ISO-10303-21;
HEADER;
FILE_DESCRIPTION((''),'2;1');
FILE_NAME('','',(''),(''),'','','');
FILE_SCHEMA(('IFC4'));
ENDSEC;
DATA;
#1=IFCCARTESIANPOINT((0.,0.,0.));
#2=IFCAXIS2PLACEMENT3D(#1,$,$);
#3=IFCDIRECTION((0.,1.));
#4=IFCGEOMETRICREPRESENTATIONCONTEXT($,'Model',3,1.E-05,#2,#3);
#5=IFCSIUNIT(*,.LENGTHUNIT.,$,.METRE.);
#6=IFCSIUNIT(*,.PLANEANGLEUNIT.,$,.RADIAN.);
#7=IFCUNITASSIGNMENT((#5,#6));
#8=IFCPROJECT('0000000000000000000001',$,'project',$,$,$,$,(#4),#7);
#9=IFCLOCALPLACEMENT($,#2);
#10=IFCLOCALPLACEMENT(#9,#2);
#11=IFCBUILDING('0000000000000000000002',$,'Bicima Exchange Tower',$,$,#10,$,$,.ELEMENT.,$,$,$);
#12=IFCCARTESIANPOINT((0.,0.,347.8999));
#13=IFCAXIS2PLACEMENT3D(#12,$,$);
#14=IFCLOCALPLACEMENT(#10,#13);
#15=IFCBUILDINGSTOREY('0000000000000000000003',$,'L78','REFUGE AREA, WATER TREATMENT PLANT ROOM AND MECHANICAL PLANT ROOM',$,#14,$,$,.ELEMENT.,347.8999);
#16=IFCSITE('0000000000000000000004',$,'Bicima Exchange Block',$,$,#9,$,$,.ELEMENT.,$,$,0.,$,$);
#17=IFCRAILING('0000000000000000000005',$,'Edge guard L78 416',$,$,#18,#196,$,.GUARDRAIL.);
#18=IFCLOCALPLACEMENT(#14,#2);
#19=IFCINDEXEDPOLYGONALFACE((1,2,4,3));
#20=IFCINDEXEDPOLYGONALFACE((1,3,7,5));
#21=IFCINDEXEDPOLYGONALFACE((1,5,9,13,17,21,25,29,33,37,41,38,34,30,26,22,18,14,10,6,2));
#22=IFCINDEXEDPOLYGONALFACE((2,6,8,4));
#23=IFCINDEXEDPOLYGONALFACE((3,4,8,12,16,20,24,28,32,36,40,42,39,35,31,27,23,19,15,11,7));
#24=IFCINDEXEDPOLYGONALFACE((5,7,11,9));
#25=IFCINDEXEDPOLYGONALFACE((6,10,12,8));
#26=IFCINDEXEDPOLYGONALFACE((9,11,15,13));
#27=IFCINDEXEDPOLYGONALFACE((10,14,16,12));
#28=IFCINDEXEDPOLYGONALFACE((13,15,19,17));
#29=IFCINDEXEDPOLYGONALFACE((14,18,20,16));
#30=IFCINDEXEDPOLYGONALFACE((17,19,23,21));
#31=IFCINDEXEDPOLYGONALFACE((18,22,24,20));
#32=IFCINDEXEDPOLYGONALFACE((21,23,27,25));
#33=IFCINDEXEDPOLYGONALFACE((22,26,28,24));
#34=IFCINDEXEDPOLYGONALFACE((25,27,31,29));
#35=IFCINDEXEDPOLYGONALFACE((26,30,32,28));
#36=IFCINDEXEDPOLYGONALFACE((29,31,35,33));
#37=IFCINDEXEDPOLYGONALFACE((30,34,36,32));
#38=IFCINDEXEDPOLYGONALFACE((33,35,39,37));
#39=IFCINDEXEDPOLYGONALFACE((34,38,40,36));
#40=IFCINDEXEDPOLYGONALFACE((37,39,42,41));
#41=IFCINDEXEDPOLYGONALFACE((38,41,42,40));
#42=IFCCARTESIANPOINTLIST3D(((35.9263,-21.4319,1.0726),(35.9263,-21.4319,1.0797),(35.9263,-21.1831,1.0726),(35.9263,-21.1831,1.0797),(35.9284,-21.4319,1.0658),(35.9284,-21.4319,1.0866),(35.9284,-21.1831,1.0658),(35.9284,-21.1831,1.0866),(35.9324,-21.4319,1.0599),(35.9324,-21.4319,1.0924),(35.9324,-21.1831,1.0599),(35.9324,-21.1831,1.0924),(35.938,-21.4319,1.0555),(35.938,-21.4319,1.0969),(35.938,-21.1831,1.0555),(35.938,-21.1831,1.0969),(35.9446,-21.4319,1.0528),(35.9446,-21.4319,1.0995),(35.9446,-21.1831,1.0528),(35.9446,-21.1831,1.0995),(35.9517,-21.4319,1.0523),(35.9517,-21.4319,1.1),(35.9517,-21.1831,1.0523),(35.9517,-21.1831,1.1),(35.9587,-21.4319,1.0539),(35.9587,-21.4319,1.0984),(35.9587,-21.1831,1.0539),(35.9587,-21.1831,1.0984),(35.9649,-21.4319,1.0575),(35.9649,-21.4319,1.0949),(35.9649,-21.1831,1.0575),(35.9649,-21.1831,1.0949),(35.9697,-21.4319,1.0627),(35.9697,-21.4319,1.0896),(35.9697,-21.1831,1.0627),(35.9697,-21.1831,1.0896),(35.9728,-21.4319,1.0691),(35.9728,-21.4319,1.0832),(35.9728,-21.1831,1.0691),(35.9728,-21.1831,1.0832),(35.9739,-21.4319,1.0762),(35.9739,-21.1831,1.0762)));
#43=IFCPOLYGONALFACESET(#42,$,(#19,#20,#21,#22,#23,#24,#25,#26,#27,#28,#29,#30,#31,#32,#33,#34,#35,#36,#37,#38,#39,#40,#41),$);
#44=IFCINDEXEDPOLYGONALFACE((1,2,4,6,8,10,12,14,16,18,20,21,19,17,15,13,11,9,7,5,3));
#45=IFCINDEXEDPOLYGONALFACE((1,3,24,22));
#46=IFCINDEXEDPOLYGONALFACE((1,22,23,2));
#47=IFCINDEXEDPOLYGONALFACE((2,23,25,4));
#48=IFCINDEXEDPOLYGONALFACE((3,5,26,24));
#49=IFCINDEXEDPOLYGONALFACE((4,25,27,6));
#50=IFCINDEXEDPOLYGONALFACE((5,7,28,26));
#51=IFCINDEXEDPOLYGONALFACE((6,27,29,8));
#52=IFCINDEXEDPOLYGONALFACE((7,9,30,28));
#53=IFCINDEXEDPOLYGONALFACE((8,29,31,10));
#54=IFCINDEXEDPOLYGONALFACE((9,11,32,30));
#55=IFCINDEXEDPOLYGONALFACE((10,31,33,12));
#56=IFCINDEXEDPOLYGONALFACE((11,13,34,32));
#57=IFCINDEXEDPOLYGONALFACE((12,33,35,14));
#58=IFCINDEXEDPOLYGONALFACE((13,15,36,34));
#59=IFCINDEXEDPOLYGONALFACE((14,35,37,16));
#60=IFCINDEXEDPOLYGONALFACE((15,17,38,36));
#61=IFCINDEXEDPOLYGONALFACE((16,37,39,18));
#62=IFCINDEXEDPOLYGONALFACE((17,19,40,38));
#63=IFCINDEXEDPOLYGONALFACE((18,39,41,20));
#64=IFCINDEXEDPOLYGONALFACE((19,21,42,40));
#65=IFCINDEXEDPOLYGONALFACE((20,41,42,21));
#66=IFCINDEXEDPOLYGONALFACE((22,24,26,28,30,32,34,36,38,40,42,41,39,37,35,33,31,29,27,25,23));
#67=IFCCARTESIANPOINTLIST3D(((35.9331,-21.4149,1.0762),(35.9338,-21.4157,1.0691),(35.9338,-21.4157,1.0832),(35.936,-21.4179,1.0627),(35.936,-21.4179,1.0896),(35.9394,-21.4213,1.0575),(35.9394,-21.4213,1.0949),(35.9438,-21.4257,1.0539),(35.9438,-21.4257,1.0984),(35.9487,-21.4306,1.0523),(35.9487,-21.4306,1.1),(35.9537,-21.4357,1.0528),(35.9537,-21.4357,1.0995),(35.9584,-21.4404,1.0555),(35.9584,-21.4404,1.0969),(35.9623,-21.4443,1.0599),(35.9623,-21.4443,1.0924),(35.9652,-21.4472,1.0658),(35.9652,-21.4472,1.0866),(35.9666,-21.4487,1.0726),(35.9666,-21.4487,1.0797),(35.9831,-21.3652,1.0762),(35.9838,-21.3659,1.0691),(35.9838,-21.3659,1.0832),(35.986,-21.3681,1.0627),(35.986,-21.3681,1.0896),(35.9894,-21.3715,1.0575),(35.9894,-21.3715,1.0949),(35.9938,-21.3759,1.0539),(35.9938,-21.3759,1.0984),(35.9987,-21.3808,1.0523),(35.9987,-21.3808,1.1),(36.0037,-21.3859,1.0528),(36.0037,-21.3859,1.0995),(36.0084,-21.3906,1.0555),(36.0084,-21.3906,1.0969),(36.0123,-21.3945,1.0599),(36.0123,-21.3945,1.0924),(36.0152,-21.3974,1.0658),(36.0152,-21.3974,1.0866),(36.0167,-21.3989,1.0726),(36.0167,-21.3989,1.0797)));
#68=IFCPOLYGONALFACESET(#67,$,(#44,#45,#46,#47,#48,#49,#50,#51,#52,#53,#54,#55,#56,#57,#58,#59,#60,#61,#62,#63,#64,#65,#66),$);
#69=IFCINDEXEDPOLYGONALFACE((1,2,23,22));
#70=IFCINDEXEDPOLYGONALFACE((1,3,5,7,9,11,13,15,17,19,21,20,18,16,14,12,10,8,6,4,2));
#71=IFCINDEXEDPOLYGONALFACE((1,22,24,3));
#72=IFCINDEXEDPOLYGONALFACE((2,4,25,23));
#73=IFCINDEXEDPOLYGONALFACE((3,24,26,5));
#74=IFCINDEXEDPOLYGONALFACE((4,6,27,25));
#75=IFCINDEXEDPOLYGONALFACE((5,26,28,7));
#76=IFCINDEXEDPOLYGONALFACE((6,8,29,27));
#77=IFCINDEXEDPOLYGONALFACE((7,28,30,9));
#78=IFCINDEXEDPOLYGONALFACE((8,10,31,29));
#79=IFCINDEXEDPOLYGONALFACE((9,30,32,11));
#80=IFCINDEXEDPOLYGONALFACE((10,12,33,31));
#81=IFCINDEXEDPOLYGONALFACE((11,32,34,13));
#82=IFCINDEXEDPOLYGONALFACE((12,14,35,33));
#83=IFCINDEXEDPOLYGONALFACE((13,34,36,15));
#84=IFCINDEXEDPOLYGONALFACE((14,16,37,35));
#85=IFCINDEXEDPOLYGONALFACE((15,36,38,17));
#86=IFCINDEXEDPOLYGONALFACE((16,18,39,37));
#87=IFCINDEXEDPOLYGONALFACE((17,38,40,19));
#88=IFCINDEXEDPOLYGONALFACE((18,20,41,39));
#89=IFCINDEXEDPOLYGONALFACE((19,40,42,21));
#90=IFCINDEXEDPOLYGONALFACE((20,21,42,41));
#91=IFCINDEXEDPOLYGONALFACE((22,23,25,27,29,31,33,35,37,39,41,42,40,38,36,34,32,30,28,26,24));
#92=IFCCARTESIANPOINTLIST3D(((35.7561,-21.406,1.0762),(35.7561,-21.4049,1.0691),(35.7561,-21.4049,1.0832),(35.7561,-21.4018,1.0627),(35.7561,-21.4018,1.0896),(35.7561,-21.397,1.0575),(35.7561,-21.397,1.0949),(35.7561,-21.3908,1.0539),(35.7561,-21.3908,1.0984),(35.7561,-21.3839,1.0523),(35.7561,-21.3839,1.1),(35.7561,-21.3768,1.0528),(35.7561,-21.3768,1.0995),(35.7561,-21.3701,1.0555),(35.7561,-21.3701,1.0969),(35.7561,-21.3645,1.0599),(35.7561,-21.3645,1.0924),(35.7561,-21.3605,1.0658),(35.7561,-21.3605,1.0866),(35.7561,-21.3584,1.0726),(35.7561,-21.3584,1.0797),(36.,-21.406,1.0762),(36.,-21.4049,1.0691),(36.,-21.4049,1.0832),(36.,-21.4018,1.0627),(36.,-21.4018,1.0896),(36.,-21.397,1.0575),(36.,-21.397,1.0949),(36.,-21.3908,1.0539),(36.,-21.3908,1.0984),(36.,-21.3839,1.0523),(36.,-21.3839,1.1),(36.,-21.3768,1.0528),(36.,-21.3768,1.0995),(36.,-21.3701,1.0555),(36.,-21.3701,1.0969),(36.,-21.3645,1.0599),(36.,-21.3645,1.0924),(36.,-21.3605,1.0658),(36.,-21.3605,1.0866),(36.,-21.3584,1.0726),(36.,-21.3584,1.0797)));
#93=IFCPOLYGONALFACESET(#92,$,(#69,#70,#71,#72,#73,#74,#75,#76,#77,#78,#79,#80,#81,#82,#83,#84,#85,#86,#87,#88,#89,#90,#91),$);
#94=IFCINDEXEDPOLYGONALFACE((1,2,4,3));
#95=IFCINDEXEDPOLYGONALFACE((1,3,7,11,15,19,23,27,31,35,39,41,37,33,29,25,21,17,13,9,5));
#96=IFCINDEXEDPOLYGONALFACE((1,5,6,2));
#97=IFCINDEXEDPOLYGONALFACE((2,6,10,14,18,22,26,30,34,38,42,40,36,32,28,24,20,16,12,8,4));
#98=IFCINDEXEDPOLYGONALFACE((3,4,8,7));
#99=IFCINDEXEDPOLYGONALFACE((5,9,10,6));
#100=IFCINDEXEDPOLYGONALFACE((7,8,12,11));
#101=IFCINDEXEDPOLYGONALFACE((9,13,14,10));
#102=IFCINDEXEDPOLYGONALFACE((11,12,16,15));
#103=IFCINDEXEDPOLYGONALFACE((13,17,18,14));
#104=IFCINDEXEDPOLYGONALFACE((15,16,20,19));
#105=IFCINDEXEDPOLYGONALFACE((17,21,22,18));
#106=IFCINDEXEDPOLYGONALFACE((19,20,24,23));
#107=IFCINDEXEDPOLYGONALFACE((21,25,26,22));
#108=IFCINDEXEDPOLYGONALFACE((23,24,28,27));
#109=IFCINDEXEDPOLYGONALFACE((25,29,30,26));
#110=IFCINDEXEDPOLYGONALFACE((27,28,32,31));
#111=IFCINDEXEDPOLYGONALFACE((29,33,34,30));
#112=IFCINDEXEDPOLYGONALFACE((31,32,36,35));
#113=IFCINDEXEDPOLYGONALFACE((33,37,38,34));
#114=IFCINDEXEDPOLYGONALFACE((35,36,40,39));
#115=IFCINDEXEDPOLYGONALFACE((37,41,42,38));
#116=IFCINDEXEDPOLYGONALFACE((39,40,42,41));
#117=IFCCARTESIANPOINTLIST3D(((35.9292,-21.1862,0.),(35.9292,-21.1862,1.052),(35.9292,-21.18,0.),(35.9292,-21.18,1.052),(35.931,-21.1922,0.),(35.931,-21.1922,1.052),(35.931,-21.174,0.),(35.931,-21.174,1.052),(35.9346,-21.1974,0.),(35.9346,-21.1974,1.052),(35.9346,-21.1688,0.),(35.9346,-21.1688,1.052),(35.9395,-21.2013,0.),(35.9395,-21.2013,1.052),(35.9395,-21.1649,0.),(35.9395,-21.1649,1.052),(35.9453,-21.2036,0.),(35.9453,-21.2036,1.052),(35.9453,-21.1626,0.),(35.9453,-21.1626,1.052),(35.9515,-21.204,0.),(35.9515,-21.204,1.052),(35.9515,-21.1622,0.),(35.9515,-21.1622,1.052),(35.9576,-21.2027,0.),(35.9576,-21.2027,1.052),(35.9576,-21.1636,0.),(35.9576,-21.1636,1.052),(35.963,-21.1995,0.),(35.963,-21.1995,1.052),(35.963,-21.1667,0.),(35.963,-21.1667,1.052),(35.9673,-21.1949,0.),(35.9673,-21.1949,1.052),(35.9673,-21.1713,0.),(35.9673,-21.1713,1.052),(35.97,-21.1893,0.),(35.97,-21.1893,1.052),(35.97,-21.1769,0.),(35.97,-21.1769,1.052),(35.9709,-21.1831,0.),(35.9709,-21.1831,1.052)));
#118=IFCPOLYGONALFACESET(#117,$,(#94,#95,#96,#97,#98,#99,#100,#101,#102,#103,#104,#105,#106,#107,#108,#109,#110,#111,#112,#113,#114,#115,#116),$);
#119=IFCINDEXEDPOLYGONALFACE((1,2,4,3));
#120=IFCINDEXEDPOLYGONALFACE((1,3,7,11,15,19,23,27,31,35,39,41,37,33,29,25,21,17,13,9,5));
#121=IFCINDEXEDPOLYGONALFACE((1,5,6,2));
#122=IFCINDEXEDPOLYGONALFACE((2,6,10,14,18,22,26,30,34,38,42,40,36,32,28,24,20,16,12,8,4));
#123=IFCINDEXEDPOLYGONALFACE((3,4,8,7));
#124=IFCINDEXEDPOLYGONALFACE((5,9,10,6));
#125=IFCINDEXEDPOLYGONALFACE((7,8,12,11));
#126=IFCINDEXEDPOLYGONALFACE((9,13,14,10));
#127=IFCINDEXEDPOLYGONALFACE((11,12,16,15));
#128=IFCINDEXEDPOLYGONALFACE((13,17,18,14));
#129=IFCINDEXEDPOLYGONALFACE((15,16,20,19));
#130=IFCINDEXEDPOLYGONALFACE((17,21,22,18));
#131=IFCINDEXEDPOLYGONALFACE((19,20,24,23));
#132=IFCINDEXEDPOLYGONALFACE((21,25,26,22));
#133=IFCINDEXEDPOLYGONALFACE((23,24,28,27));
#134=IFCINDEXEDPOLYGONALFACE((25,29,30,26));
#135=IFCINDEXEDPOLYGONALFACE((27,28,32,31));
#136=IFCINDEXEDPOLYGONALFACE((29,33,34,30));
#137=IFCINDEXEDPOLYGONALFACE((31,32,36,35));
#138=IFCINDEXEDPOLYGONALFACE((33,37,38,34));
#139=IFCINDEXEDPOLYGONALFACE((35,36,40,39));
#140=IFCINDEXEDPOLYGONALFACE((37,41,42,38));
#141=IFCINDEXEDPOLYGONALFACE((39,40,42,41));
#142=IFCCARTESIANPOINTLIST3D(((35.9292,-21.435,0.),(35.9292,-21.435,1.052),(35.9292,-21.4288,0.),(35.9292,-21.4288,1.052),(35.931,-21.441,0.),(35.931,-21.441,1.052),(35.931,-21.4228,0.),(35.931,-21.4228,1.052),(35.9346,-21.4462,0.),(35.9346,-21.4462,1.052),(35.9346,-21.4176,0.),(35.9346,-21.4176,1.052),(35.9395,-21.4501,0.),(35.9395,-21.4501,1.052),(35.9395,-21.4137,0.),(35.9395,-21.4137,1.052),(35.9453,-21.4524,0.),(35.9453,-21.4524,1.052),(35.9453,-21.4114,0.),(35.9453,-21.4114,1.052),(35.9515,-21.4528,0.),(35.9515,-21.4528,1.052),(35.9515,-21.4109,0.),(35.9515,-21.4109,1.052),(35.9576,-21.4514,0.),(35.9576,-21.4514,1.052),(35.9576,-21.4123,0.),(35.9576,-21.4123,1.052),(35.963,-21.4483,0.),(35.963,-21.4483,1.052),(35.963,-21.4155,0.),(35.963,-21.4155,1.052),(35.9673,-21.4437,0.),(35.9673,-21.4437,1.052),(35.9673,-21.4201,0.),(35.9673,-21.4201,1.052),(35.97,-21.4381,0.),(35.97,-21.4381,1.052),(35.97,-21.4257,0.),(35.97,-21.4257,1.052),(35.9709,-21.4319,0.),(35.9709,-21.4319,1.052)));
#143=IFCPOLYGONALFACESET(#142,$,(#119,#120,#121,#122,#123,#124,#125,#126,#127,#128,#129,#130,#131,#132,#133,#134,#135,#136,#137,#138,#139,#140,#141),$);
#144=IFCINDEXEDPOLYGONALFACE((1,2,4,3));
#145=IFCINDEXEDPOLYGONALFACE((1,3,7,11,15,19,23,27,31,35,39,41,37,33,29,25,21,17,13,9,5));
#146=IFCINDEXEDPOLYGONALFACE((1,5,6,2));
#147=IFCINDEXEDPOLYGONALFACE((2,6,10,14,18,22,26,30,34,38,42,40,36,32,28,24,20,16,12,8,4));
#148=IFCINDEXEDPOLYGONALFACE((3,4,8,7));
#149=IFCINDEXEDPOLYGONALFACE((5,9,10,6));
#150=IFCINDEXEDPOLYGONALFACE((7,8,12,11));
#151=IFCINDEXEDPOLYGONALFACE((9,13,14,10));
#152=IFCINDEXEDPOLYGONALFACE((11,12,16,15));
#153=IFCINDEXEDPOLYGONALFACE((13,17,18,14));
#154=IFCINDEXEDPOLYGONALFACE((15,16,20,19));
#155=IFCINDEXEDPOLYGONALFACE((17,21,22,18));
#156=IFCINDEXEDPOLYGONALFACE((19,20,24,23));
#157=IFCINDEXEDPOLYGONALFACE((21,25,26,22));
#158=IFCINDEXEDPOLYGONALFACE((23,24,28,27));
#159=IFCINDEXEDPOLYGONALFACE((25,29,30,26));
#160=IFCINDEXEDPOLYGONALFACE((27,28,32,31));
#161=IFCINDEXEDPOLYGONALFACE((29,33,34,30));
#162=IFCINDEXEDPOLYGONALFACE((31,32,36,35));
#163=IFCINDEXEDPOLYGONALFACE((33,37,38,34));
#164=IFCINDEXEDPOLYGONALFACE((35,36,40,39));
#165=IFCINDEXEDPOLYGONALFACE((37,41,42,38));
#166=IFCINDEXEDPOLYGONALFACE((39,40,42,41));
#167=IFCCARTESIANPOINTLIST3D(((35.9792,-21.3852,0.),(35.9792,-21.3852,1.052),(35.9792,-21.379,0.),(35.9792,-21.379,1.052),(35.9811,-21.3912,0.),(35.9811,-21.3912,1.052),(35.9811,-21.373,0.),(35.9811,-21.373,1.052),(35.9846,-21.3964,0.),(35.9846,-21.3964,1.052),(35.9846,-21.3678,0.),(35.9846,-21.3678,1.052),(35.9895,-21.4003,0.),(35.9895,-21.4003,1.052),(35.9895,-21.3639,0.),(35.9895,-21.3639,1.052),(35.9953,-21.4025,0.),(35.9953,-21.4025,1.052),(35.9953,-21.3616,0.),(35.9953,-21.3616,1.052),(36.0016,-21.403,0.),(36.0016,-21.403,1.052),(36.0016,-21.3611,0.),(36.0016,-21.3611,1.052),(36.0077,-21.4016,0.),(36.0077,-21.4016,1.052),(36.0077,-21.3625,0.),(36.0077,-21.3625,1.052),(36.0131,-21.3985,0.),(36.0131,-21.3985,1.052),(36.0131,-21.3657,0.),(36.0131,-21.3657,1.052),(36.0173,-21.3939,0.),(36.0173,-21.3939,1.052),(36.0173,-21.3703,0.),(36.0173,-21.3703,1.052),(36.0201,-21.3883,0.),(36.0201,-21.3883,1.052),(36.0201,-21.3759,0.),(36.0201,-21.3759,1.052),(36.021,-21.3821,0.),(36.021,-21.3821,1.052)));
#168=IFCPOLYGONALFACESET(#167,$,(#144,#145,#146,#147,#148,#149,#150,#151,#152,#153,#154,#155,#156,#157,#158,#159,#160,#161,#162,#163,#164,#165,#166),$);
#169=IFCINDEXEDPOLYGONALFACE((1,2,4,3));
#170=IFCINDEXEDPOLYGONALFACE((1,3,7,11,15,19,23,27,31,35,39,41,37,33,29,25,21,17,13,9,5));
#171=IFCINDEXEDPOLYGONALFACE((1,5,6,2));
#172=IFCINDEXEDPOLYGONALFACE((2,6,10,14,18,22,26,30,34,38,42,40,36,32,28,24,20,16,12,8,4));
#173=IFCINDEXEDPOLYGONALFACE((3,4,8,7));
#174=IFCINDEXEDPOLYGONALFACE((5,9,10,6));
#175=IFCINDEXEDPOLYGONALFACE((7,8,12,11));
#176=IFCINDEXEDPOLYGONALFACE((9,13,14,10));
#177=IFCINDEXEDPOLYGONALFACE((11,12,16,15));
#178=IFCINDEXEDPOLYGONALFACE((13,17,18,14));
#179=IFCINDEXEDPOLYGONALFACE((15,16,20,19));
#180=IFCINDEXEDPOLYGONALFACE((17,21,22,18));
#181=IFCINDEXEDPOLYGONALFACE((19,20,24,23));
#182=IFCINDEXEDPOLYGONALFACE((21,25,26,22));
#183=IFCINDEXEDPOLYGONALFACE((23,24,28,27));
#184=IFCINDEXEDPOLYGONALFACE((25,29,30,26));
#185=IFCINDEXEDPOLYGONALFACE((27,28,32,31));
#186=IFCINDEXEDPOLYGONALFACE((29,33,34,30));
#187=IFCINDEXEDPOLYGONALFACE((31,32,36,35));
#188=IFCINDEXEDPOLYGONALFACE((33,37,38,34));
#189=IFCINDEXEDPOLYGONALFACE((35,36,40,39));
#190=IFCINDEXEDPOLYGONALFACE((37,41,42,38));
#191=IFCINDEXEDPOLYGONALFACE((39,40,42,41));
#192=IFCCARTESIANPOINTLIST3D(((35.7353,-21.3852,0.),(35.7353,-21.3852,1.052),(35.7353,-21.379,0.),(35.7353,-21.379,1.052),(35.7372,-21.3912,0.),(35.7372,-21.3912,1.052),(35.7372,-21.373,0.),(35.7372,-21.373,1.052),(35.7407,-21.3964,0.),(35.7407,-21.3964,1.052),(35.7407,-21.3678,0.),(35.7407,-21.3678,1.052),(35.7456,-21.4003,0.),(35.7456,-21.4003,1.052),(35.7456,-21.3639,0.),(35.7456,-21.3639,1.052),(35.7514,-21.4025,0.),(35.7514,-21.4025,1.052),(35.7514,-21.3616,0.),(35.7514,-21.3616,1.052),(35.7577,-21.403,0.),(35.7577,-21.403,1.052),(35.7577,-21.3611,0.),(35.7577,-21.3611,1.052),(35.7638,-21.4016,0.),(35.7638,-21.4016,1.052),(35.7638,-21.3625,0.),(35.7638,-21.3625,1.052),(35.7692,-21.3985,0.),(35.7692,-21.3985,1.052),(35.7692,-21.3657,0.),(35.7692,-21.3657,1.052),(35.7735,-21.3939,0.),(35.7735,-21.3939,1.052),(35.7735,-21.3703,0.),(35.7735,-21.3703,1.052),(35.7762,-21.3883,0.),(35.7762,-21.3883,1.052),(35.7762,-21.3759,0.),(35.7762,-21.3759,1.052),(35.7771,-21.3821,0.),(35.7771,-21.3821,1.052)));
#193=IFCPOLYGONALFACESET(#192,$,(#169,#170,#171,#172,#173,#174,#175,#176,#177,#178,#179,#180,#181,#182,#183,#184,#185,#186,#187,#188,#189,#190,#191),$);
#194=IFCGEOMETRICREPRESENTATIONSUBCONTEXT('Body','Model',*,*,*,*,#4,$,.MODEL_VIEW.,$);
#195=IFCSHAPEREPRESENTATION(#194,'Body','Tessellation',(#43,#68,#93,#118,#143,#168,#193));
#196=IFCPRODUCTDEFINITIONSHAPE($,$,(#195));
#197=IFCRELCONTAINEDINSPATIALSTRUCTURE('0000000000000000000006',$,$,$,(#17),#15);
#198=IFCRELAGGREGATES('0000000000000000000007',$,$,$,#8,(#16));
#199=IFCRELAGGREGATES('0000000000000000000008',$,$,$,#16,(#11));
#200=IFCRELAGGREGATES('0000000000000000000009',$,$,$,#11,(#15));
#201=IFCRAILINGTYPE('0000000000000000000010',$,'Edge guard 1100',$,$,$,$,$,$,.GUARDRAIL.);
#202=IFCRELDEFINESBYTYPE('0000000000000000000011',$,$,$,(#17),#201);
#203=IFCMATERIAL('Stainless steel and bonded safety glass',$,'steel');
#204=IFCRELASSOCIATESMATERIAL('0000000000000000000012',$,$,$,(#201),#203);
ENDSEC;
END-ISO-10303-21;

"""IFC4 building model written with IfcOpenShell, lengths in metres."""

from ifc_helpers import new_model, si_unit, direction, frame, origin, origin_2d, place, context, subcontext, project, spatial, circle, extrude, material, type_object, element, save


model = new_model("IFC4")

# Units and contexts
model_context = context("Model", 3, precision=1e-05, world=origin(), true_north=direction((0.0, 1.0)))
body_context = subcontext(model_context, "Body", "Model", "MODEL_VIEW")
ifc_project = project(units=[si_unit("LENGTHUNIT", "METRE"), si_unit("PLANEANGLEUNIT", "RADIAN")], contexts=[model_context])

# Site, building, storey
site_placement = place(None, origin())
site = spatial("IfcSite", under=ifc_project, at=site_placement, Name="Bicima Exchange Block", CompositionType="ELEMENT", RefElevation=0.0)
building_placement = place(site_placement, origin())
building = spatial("IfcBuilding", under=site, at=building_placement, Name="Bicima Exchange Tower", CompositionType="ELEMENT")
storey_placement = place(building_placement, frame((0.0, 0.0, 347.8999)))
storey = spatial("IfcBuildingStorey", under=building, at=storey_placement, Name="L78", Description="REFUGE AREA, WATER TREATMENT PLANT ROOM AND MECHANICAL PLANT ROOM", CompositionType="ELEMENT", Elevation=347.8999)

# Railing
ifc_material_1 = material(Name="Stainless steel and bonded safety glass", Category="steel")
railing_type = type_object("IfcRailingType", Name="Edge guard 1100", PredefinedType="GUARDRAIL", material=ifc_material_1)
railing_1_placement = place(storey_placement, frame((35.95, -21.1831, 0.0)))
element("IfcRailing", 1, at=railing_1_placement, inside=storey, type_object=railing_type, Name="Edge guard L78 416", PredefinedType="GUARDRAIL", context=body_context, shape_type="SweptSolid", body=[
    extrude(circle(Radius=0.0239, at=origin_2d()), frame((0.0, 0.0, 1.0762), z_axis=(0.0, -1.0, 0.0), x_axis=(1.0, 0.0, 0.0)), (0.0, 0.0, 1.0), 0.2488),
    extrude(circle(Radius=0.0239, at=origin_2d()), frame((0.0, -0.2488, 1.0762), z_axis=(0.708834, 0.705376, 0.0), x_axis=(-0.705376, 0.708834, 0.0)), (0.0, 0.0, 1.0), 0.0706),
    extrude(circle(Radius=0.0239, at=origin_2d()), frame((0.05, -0.199, 1.0762), z_axis=(-1.0, 0.0, 0.0), x_axis=(0.0, -1.0, 0.0)), (0.0, 0.0, 1.0), 0.2439),
    extrude(circle(Radius=0.021, at=origin_2d()), origin(), (0.0, 0.0, 1.0), 1.052),
    extrude(circle(Radius=0.021, at=origin_2d()), frame((0.0, -0.2488, 0.0)), (0.0, 0.0, 1.0), 1.052),
    extrude(circle(Radius=0.021, at=origin_2d()), frame((0.05, -0.199, 0.0)), (0.0, 0.0, 1.0), 1.052),
    extrude(circle(Radius=0.021, at=origin_2d()), frame((-0.1938, -0.199, 0.0)), (0.0, 0.0, 1.0), 1.052),
])

save(model, "model.ifc")
